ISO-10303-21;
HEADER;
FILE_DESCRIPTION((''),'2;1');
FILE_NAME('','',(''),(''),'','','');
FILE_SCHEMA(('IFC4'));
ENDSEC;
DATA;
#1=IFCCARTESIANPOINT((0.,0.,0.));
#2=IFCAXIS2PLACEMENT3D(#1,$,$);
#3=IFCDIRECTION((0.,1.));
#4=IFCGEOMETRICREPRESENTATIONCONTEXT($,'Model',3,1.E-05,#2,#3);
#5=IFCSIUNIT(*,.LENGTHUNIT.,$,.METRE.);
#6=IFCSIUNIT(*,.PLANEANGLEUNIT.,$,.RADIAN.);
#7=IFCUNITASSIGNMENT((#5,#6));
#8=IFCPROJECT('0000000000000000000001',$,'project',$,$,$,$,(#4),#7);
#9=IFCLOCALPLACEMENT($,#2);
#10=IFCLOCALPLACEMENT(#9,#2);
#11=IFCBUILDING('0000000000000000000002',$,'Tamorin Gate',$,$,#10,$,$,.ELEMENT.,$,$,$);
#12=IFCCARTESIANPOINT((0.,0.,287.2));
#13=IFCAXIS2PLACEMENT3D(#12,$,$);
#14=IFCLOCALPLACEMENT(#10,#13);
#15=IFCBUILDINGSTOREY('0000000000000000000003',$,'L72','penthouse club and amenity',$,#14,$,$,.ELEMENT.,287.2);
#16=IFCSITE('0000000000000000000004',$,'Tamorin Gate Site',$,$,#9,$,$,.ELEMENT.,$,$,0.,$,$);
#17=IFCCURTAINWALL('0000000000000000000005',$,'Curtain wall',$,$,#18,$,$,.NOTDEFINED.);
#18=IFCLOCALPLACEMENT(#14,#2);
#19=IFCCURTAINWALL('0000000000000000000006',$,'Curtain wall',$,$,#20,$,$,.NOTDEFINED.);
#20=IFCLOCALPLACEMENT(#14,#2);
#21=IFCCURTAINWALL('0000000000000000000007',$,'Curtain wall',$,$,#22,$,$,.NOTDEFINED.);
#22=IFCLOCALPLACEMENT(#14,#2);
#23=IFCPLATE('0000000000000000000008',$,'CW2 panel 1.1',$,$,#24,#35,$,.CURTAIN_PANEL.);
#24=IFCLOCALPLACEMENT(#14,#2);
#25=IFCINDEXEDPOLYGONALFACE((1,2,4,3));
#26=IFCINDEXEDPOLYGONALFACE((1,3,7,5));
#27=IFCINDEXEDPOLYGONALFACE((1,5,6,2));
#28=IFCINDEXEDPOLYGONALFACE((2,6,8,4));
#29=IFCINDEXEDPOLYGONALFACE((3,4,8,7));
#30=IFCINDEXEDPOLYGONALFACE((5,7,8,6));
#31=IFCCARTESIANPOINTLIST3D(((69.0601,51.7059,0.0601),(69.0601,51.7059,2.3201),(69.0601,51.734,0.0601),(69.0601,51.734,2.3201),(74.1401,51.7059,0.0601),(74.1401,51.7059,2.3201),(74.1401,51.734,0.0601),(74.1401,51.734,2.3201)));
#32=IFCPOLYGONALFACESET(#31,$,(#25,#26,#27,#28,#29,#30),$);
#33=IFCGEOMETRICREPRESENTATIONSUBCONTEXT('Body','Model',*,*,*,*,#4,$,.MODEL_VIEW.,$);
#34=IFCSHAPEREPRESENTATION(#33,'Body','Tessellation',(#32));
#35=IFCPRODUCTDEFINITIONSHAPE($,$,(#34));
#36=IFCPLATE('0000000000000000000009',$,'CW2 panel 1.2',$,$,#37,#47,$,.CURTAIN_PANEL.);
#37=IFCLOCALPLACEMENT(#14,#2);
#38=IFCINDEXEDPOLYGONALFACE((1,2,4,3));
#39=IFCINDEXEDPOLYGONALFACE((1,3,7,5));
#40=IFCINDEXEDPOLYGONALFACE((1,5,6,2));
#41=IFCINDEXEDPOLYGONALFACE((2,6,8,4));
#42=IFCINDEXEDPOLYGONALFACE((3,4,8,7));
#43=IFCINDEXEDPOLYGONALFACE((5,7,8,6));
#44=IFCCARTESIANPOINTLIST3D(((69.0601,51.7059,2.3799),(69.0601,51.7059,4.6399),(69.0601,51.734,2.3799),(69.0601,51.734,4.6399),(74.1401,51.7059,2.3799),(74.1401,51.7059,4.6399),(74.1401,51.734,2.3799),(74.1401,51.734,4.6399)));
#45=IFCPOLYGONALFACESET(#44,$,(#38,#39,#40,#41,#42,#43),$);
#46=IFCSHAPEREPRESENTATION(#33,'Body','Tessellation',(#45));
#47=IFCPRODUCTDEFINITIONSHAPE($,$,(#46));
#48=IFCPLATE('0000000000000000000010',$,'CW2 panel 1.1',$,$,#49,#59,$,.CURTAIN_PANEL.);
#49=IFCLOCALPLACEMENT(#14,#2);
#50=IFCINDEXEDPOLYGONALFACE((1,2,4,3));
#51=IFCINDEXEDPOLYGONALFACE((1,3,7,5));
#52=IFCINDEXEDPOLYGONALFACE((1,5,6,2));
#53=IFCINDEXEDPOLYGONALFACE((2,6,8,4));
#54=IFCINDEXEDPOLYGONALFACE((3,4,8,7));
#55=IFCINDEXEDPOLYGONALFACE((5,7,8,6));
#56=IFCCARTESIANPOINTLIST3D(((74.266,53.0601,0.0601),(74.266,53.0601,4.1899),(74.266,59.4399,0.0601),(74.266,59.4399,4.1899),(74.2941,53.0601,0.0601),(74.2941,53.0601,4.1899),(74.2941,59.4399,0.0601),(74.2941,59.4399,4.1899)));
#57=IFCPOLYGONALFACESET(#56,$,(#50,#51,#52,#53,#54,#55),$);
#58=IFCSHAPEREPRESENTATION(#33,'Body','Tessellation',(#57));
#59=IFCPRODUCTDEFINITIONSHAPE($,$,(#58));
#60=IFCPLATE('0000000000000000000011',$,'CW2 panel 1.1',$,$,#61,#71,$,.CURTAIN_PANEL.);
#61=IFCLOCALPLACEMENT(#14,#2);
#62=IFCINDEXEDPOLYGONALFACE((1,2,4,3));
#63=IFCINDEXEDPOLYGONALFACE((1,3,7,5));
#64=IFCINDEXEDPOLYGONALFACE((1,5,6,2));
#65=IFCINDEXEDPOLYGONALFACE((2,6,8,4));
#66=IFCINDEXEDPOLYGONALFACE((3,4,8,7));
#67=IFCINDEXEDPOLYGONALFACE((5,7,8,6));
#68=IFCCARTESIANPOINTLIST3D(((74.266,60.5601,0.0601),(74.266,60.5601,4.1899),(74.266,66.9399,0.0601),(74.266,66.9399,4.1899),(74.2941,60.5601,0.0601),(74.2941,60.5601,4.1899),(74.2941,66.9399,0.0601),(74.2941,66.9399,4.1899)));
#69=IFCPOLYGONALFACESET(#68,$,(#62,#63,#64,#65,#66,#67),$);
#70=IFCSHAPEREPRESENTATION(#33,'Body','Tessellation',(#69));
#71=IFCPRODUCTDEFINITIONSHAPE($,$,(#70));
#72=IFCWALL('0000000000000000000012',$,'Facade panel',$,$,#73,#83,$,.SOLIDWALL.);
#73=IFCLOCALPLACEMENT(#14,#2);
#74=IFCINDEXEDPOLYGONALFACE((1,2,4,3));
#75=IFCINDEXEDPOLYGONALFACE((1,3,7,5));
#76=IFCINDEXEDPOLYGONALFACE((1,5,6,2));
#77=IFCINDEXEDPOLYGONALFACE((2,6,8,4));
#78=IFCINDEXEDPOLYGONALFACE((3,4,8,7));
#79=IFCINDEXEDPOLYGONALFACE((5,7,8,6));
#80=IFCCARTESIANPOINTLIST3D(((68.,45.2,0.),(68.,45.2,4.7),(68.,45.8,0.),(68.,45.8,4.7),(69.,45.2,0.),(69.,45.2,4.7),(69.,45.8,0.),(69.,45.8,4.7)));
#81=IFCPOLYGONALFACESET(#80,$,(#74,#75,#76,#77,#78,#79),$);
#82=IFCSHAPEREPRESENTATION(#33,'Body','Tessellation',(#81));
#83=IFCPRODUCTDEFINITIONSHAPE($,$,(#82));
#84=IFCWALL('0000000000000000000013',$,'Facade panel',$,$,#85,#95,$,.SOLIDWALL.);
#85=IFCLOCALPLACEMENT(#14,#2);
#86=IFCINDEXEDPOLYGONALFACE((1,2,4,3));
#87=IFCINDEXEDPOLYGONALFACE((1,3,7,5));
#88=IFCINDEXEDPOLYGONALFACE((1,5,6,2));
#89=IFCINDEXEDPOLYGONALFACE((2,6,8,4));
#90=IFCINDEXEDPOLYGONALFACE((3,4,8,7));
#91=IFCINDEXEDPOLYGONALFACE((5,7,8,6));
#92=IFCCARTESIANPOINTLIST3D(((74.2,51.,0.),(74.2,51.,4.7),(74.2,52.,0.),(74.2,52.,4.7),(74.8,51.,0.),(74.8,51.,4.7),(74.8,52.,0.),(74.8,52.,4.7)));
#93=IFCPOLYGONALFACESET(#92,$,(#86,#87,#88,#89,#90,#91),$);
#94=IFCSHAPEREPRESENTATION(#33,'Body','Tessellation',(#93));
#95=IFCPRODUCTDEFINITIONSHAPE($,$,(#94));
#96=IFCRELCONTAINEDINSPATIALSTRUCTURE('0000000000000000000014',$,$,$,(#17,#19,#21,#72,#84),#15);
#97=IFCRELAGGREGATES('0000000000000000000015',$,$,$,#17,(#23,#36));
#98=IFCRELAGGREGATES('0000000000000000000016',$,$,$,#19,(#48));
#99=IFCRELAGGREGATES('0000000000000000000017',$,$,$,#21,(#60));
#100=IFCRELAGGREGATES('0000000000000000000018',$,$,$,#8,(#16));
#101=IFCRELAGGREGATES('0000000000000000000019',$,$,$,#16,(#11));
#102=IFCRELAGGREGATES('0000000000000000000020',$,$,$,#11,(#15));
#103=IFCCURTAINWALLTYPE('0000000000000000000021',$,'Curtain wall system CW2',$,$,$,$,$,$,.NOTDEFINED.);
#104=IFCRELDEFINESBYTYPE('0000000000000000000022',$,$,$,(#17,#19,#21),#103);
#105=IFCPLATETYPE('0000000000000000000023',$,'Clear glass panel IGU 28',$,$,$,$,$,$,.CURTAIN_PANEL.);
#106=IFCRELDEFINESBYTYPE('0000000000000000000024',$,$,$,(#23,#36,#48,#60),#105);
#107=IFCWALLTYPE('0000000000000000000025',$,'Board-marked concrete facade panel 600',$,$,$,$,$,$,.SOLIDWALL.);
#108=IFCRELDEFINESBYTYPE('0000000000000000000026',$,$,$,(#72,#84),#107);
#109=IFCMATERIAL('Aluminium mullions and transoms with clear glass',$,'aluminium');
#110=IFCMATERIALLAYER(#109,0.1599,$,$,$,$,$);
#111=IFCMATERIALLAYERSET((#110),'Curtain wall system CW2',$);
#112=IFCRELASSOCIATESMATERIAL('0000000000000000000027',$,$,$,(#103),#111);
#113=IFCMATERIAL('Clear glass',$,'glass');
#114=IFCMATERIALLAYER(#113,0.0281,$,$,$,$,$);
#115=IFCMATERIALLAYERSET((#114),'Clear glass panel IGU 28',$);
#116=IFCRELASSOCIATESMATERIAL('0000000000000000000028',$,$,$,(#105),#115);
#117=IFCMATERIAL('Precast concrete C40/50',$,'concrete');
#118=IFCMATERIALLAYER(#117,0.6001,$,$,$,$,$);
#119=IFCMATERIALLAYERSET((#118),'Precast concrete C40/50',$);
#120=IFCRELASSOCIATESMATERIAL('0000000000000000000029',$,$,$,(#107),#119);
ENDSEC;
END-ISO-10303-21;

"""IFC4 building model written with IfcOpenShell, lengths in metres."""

from ifc_helpers import new_model, si_unit, direction, frame, frame_2d, origin, origin_2d, place, context, subcontext, project, spatial, rectangle, extrude, material, layer, layer_set, type_object, element, aggregate, save


model = new_model("IFC4")

# Units and contexts
model_context = context("Model", 3, precision=1e-05, world=origin(), true_north=direction((0.0, 1.0)))
body_context = subcontext(model_context, "Body", "Model", "MODEL_VIEW")
ifc_project = project(units=[si_unit("LENGTHUNIT", "METRE"), si_unit("PLANEANGLEUNIT", "RADIAN")], contexts=[model_context])

# Site, building, storey
site_placement = place(None, origin())
site = spatial("IfcSite", under=ifc_project, at=site_placement, Name="Tamorin Gate Site", CompositionType="ELEMENT", RefElevation=0.0)
building_placement = place(site_placement, origin())
building = spatial("IfcBuilding", under=site, at=building_placement, Name="Tamorin Gate", CompositionType="ELEMENT")
storey_placement = place(building_placement, frame((0.0, 0.0, 287.2)))
storey = spatial("IfcBuildingStorey", under=building, at=storey_placement, Name="L72", Description="penthouse club and amenity", CompositionType="ELEMENT", Elevation=287.2)

# Curtain walls
ifc_material_1 = material(Name="Aluminium mullions and transoms with clear glass", Category="aluminium")
ifc_layer_1 = layer(ifc_material_1, 0.1599)
ifc_layer_set_1 = layer_set([ifc_layer_1], Name="Curtain wall system CW2")
curtain_wall_type = type_object("IfcCurtainWallType", Name="Curtain wall system CW2", PredefinedType="NOTDEFINED", material=ifc_layer_set_1)
curtain_wall_1_placement = place(storey_placement, origin())
curtain_wall_1 = element("IfcCurtainWall", 1, at=curtain_wall_1_placement, inside=storey, type_object=curtain_wall_type, Name="Curtain wall", PredefinedType="NOTDEFINED")
curtain_wall_2_placement = place(storey_placement, origin())
curtain_wall_2 = element("IfcCurtainWall", 2, at=curtain_wall_2_placement, inside=storey, type_object=curtain_wall_type, Name="Curtain wall", PredefinedType="NOTDEFINED")
curtain_wall_3_placement = place(storey_placement, origin())
curtain_wall_3 = element("IfcCurtainWall", 3, at=curtain_wall_3_placement, inside=storey, type_object=curtain_wall_type, Name="Curtain wall", PredefinedType="NOTDEFINED")

# Plates
ifc_material_2 = material(Name="Clear glass", Category="glass")
ifc_layer_2 = layer(ifc_material_2, 0.0281)
ifc_layer_set_2 = layer_set([ifc_layer_2], Name="Clear glass panel IGU 28")
plate_type = type_object("IfcPlateType", Name="Clear glass panel IGU 28", PredefinedType="CURTAIN_PANEL", material=ifc_layer_set_2)
plate_1_placement = place(storey_placement, frame((71.6001, 51.72, 0.0601), z_axis=(0.0, 0.0, 1.0), x_axis=(1.0, 0.0, 0.0)))
plate_1 = element("IfcPlate", 4, at=plate_1_placement, type_object=plate_type, Name="CW2 panel 1.1", PredefinedType="CURTAIN_PANEL", context=body_context, shape_type="SweptSolid", body=[
    extrude(rectangle(XDim=5.0801, YDim=0.0281, at=origin_2d()), origin(), (0.0, 0.0, 1.0), 2.26),
])
plate_2_placement = place(storey_placement, frame((71.6001, 51.72, 2.3799), z_axis=(0.0, 0.0, 1.0), x_axis=(1.0, 0.0, 0.0)))
plate_2 = element("IfcPlate", 5, at=plate_2_placement, type_object=plate_type, Name="CW2 panel 1.2", PredefinedType="CURTAIN_PANEL", context=body_context, shape_type="SweptSolid", body=[
    extrude(rectangle(XDim=5.0801, YDim=0.0281, at=origin_2d()), origin(), (0.0, 0.0, 1.0), 2.26),
])
aggregate(curtain_wall_1, [plate_1, plate_2])
plate_3_placement = place(storey_placement, frame((74.28, 56.25, 0.0601), z_axis=(0.0, 0.0, 1.0), x_axis=(0.0, 1.0, 0.0)))
plate_3 = element("IfcPlate", 6, at=plate_3_placement, type_object=plate_type, Name="CW2 panel 1.1", PredefinedType="CURTAIN_PANEL", context=body_context, shape_type="SweptSolid", body=[
    extrude(rectangle(XDim=6.3799, YDim=0.0281, at=origin_2d()), origin(), (0.0, 0.0, 1.0), 4.1299),
])
aggregate(curtain_wall_2, [plate_3])
plate_4_placement = place(storey_placement, frame((74.28, 63.75, 0.0601), z_axis=(0.0, 0.0, 1.0), x_axis=(0.0, 1.0, 0.0)))
plate_4 = element("IfcPlate", 7, at=plate_4_placement, type_object=plate_type, Name="CW2 panel 1.1", PredefinedType="CURTAIN_PANEL", context=body_context, shape_type="SweptSolid", body=[
    extrude(rectangle(XDim=6.3799, YDim=0.0281, at=origin_2d()), origin(), (0.0, 0.0, 1.0), 4.1299),
])
aggregate(curtain_wall_3, [plate_4])

# Walls
ifc_material_3 = material(Name="Precast concrete C40/50", Category="concrete")
ifc_layer_3 = layer(ifc_material_3, 0.6001)
ifc_layer_set_3 = layer_set([ifc_layer_3], Name="Precast concrete C40/50")
wall_type = type_object("IfcWallType", Name="Board-marked concrete facade panel 600", PredefinedType="SOLIDWALL", material=ifc_layer_set_3)
for number, where, z_axis, x_axis, name in (
    (8, (68.0, 45.5, 0.0), (0.0, 0.0, 1.0), (1.0, 0.0, 0.0), "Facade panel"),
    (9, (74.5, 51.0, 0.0), (0.0, 0.0, 1.0), (0.0, 1.0, 0.0), "Facade panel"),
):
    element("IfcWall", number, at=place(storey_placement, frame(where, z_axis=z_axis, x_axis=x_axis)), inside=storey, type_object=wall_type, Name=name, PredefinedType="SOLIDWALL", context=body_context, shape_type="SweptSolid", body=[
        extrude(rectangle(XDim=1.0, YDim=0.6001, at=frame_2d((0.5, 0.0))), origin(), (0.0, 0.0, 1.0), 4.7),
    ])

save(model, "model.ifc")
